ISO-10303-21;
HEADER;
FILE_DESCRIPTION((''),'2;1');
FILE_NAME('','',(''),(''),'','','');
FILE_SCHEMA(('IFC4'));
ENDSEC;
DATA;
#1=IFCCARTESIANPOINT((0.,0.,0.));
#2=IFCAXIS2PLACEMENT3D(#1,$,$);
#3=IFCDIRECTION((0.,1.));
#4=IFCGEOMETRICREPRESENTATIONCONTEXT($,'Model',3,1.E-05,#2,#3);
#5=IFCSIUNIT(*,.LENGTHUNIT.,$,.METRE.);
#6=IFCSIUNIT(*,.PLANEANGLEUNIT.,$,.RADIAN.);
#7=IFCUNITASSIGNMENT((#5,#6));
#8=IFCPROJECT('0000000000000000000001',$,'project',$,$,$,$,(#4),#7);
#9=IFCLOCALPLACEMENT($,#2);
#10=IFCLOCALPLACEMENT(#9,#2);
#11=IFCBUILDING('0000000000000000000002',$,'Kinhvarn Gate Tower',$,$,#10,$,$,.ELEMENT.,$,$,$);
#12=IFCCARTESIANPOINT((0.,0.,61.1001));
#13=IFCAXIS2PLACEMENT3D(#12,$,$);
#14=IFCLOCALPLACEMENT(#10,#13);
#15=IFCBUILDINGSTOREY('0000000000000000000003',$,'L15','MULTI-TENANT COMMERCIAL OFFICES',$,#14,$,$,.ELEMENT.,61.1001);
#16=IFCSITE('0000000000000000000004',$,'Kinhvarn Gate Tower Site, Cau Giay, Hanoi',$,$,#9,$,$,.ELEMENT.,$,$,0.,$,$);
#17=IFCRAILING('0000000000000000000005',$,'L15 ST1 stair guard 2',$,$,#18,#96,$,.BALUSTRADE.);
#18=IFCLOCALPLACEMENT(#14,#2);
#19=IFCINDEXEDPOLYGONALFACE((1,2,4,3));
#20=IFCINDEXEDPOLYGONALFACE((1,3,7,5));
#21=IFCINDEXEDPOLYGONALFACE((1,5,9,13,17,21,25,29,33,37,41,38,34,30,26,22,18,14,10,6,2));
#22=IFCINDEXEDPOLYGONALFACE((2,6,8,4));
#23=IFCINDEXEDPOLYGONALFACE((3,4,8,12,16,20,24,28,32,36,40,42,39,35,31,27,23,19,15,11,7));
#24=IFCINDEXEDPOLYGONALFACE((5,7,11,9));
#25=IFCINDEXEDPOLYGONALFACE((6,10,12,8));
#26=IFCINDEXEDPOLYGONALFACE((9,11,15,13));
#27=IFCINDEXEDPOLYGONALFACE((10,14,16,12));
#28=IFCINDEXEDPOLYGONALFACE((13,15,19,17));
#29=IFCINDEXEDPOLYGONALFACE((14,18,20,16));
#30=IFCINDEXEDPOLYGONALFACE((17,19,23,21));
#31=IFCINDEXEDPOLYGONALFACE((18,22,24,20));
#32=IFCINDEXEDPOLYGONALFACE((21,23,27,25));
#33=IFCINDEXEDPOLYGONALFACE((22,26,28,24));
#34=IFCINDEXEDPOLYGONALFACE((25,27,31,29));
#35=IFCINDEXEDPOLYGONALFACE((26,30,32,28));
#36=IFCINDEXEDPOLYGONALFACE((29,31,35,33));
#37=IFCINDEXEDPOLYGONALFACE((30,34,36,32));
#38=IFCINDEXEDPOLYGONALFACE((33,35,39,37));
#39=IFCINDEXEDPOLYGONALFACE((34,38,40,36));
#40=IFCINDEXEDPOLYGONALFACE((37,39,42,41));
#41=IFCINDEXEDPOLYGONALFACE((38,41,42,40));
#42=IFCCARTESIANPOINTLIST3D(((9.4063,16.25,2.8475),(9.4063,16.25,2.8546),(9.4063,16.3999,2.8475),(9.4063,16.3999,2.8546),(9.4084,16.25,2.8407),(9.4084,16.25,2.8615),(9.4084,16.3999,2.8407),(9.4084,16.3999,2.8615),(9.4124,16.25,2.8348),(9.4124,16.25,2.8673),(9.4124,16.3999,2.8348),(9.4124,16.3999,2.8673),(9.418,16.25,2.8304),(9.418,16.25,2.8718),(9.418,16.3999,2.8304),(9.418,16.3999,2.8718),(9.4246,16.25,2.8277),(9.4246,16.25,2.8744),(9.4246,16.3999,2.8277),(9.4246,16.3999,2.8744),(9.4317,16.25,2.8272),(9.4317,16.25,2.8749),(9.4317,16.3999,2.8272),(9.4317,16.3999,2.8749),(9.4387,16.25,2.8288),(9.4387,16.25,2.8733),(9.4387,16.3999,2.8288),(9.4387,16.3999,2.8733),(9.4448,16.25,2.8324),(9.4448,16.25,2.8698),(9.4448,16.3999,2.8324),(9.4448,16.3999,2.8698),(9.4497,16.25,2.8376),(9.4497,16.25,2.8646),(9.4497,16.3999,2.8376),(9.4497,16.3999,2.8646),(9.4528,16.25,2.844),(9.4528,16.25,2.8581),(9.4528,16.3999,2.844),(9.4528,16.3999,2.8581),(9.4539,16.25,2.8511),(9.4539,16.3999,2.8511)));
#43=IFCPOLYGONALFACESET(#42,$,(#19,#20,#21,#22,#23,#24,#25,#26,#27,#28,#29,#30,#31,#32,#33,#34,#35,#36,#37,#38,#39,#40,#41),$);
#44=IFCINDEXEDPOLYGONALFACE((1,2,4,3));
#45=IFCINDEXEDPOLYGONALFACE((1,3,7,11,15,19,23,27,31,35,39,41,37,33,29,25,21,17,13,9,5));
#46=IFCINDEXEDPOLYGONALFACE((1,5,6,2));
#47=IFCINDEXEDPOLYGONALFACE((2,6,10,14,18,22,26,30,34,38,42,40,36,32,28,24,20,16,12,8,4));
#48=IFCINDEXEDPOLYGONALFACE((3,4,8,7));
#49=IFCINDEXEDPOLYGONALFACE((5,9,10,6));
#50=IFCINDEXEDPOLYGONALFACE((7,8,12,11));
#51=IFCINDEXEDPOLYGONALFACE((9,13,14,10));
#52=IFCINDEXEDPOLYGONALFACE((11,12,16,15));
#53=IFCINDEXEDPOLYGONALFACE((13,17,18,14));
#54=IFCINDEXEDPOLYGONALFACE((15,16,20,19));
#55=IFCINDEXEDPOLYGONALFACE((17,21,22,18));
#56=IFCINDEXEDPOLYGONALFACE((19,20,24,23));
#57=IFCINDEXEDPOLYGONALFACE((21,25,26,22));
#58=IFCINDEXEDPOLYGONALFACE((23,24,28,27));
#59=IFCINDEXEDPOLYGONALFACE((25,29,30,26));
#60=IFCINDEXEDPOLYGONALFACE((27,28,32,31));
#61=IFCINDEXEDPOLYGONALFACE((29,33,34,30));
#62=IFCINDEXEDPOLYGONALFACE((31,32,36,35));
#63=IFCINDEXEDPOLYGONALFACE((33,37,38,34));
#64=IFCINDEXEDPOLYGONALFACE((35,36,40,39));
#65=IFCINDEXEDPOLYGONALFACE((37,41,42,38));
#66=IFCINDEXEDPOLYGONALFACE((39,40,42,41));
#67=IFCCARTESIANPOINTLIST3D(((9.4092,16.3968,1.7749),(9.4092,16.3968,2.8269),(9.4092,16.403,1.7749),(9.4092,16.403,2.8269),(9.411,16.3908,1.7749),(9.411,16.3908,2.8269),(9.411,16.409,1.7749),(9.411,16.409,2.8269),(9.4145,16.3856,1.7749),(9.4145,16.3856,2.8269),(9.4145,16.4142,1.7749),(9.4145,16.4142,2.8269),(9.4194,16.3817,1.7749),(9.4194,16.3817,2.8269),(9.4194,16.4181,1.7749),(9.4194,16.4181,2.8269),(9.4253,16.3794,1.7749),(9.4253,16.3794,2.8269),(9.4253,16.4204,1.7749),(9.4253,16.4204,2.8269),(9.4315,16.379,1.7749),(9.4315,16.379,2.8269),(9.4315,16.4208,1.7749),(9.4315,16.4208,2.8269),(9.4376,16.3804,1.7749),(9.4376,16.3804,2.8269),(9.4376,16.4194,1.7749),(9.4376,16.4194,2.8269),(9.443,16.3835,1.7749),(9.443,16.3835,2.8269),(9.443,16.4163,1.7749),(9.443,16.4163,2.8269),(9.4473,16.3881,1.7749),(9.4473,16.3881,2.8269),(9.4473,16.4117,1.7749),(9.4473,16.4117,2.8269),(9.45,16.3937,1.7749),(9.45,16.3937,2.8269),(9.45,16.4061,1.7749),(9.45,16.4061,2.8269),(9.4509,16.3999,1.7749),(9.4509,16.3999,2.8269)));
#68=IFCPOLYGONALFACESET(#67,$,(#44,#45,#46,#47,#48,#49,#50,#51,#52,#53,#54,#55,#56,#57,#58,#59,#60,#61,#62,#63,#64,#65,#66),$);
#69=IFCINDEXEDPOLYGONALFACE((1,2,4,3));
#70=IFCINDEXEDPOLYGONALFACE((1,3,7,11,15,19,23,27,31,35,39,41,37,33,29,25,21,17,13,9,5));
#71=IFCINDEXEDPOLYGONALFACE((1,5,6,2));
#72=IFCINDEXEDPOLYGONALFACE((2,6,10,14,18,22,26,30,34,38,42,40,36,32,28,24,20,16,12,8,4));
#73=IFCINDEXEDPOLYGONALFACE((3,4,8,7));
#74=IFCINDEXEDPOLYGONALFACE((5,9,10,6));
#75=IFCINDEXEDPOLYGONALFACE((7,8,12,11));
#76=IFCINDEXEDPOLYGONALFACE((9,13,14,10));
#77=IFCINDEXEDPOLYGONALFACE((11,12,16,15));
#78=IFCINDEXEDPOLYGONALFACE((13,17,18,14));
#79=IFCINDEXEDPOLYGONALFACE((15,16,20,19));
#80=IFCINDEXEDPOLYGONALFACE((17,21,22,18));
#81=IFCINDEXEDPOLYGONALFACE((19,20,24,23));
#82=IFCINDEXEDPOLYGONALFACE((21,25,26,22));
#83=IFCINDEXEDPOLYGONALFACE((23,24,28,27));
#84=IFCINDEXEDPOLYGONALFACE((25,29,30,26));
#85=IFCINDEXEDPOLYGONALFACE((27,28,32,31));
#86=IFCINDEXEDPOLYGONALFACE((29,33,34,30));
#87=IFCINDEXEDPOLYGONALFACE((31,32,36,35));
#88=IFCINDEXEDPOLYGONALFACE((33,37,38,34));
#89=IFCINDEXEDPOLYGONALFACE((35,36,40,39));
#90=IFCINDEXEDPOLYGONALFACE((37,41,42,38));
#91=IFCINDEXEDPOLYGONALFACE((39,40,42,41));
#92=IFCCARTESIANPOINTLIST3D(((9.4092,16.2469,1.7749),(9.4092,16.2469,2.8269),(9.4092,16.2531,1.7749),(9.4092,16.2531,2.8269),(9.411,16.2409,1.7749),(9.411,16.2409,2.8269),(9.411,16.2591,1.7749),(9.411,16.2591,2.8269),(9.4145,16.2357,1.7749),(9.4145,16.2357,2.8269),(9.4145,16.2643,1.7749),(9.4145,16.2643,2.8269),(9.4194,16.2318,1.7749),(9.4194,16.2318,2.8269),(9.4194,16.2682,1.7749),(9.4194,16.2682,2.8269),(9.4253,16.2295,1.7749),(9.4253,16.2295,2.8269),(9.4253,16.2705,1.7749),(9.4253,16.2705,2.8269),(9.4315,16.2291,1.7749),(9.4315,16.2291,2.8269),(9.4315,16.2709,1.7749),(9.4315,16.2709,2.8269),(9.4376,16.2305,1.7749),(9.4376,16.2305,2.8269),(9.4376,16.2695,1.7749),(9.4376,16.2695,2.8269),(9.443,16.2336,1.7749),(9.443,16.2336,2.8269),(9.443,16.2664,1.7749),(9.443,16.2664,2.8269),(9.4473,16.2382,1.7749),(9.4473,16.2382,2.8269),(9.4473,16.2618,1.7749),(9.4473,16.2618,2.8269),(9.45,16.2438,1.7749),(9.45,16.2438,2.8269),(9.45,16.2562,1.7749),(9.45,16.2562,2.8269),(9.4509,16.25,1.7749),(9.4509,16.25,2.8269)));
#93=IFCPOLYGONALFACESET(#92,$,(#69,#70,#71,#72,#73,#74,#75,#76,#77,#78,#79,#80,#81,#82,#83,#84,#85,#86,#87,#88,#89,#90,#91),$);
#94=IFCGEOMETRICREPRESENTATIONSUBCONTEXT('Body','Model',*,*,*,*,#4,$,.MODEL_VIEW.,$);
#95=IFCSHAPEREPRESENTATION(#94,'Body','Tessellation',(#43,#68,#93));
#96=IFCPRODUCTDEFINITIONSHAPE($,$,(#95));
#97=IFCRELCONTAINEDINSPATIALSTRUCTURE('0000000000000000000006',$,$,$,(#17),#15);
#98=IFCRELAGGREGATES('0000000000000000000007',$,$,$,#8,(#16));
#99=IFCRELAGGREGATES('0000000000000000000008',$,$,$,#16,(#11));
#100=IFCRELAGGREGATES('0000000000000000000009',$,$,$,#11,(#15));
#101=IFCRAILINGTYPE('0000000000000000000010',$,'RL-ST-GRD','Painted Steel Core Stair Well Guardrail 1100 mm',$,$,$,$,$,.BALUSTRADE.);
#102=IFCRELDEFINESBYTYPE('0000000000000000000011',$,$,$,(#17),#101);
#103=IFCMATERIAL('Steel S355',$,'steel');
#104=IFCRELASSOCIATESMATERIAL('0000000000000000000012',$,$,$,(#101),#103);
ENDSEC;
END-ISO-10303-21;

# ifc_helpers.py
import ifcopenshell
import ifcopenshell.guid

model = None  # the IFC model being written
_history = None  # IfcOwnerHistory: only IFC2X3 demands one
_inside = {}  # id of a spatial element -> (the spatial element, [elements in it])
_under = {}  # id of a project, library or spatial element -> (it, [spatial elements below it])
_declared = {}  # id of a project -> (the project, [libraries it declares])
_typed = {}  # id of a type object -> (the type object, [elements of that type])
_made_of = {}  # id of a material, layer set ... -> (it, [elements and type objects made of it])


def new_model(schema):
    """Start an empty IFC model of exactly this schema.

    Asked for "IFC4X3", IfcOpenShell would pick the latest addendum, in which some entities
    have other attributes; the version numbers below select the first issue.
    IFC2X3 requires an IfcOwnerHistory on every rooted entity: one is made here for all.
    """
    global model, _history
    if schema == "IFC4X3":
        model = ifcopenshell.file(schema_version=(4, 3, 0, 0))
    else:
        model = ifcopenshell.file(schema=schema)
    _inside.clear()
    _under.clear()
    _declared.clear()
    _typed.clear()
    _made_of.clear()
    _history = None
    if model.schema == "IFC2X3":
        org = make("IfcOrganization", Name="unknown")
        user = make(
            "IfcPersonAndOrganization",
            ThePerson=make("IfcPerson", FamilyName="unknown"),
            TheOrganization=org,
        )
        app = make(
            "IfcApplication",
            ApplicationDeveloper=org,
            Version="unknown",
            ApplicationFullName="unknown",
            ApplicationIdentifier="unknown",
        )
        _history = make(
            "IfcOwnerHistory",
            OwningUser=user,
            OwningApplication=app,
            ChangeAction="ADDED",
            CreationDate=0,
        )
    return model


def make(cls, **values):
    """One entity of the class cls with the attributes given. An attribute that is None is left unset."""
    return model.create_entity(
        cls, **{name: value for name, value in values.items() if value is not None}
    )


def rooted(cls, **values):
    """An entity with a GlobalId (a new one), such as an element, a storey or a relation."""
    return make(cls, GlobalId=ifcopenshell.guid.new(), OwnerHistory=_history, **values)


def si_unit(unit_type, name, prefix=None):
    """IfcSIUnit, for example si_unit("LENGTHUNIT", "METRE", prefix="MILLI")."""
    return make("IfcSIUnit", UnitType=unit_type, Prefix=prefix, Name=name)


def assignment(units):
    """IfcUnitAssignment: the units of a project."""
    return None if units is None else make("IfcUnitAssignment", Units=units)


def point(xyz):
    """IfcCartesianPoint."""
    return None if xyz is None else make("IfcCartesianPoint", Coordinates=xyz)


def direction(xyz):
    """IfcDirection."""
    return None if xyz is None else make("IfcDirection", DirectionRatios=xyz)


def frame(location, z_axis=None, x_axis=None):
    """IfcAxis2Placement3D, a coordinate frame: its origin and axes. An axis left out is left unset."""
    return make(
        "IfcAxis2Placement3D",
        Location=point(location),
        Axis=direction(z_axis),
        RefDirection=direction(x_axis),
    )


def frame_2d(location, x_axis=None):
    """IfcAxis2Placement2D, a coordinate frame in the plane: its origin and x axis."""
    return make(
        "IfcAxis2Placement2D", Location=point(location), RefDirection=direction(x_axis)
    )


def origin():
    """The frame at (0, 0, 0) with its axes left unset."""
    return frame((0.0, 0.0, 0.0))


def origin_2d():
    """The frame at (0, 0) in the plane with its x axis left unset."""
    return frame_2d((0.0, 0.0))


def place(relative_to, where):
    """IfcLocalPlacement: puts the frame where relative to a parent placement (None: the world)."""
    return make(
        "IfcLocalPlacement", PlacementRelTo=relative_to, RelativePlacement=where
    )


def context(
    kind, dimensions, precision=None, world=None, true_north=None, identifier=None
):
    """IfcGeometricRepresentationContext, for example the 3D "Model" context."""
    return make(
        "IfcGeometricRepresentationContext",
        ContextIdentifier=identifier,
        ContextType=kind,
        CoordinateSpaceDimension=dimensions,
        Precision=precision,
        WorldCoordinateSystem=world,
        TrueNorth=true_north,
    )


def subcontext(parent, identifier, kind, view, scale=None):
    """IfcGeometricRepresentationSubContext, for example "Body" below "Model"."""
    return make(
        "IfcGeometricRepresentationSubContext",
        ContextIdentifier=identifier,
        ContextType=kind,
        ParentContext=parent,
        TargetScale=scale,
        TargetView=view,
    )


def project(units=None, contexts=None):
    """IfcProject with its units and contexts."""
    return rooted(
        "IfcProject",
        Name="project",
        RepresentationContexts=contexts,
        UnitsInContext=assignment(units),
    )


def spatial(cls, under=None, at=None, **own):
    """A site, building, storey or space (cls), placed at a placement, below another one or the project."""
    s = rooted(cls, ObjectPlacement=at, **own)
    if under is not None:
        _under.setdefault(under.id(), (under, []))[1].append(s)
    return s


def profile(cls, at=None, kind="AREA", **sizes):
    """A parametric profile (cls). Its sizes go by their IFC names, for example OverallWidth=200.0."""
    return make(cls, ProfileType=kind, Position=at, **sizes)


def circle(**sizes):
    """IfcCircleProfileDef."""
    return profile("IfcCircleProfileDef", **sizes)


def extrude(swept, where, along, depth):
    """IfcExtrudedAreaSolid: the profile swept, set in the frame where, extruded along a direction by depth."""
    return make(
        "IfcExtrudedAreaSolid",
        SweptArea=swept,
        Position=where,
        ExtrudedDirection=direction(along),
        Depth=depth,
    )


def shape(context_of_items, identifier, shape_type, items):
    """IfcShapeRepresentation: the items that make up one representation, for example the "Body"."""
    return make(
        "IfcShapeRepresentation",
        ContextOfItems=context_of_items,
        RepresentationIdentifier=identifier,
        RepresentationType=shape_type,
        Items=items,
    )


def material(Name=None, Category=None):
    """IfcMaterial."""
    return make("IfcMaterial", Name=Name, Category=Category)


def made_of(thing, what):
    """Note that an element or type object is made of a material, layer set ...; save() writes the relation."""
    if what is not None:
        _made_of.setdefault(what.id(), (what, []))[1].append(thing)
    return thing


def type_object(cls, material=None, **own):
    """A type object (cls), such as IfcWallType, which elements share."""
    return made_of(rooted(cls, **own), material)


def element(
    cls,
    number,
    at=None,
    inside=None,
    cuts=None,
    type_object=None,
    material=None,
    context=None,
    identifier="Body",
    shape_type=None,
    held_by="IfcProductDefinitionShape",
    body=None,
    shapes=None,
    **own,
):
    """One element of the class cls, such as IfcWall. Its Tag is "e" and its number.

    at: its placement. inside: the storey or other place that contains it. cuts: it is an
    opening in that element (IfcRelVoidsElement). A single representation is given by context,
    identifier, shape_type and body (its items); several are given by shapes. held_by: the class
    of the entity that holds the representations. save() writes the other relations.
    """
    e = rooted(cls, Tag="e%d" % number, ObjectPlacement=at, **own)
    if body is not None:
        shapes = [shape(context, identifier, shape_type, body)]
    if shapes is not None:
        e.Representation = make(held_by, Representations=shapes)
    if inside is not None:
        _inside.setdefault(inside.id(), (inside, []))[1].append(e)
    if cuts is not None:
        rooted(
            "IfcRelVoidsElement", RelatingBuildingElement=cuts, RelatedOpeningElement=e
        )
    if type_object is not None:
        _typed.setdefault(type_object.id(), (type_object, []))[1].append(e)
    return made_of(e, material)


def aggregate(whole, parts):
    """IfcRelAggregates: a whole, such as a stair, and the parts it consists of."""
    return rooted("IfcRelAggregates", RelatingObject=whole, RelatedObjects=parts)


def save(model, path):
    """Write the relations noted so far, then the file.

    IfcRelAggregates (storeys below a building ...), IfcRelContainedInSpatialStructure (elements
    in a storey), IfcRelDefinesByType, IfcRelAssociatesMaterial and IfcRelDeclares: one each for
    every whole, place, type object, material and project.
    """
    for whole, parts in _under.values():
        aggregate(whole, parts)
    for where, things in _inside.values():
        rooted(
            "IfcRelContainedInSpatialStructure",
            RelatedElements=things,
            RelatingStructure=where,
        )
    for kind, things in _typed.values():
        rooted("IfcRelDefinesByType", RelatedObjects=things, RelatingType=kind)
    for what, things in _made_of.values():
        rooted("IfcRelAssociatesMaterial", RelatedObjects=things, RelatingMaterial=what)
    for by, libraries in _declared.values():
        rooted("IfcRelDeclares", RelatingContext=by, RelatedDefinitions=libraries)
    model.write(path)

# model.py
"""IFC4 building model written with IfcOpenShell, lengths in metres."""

from ifc_helpers import new_model, si_unit, direction, frame, origin, origin_2d, place, context, subcontext, project, spatial, circle, extrude, material, type_object, element, save


model = new_model("IFC4")

# Units and contexts
model_context = context("Model", 3, precision=1e-05, world=origin(), true_north=direction((0.0, 1.0)))
body_context = subcontext(model_context, "Body", "Model", "MODEL_VIEW")
ifc_project = project(units=[si_unit("LENGTHUNIT", "METRE"), si_unit("PLANEANGLEUNIT", "RADIAN")], contexts=[model_context])

# Site, building, storey
site_placement = place(None, origin())
site = spatial("IfcSite", under=ifc_project, at=site_placement, Name="Kinhvarn Gate Tower Site, Cau Giay, Hanoi", CompositionType="ELEMENT", RefElevation=0.0)
building_placement = place(site_placement, origin())
building = spatial("IfcBuilding", under=site, at=building_placement, Name="Kinhvarn Gate Tower", CompositionType="ELEMENT")
storey_placement = place(building_placement, frame((0.0, 0.0, 61.1001)))
storey = spatial("IfcBuildingStorey", under=building, at=storey_placement, Name="L15", Description="MULTI-TENANT COMMERCIAL OFFICES", CompositionType="ELEMENT", Elevation=61.1001)

# Railing
ifc_material_1 = material(Name="Steel S355", Category="steel")
railing_type_1 = type_object("IfcRailingType", Name="RL-ST-GRD", Description="Painted Steel Core Stair Well Guardrail 1100 mm", PredefinedType="BALUSTRADE", material=ifc_material_1)
railing_1_placement = place(storey_placement, frame((9.4299, 16.3999, 1.7749)))
element("IfcRailing", 1, at=railing_1_placement, inside=storey, type_object=railing_type_1, Name="L15 ST1 stair guard 2", PredefinedType="BALUSTRADE", context=body_context, shape_type="SweptSolid", body=[
    extrude(circle(Radius=0.0239, at=origin_2d()), frame((0.0, 0.0, 1.0762), z_axis=(0.0, -1.0, 0.0), x_axis=(1.0, 0.0, 0.0)), (0.0, 0.0, 1.0), 0.1499),
    extrude(circle(Radius=0.021, at=origin_2d()), origin(), (0.0, 0.0, 1.0), 1.052),
    extrude(circle(Radius=0.021, at=origin_2d()), frame((0.0, -0.1499, 0.0)), (0.0, 0.0, 1.0), 1.052),
])

save(model, "model.ifc")
